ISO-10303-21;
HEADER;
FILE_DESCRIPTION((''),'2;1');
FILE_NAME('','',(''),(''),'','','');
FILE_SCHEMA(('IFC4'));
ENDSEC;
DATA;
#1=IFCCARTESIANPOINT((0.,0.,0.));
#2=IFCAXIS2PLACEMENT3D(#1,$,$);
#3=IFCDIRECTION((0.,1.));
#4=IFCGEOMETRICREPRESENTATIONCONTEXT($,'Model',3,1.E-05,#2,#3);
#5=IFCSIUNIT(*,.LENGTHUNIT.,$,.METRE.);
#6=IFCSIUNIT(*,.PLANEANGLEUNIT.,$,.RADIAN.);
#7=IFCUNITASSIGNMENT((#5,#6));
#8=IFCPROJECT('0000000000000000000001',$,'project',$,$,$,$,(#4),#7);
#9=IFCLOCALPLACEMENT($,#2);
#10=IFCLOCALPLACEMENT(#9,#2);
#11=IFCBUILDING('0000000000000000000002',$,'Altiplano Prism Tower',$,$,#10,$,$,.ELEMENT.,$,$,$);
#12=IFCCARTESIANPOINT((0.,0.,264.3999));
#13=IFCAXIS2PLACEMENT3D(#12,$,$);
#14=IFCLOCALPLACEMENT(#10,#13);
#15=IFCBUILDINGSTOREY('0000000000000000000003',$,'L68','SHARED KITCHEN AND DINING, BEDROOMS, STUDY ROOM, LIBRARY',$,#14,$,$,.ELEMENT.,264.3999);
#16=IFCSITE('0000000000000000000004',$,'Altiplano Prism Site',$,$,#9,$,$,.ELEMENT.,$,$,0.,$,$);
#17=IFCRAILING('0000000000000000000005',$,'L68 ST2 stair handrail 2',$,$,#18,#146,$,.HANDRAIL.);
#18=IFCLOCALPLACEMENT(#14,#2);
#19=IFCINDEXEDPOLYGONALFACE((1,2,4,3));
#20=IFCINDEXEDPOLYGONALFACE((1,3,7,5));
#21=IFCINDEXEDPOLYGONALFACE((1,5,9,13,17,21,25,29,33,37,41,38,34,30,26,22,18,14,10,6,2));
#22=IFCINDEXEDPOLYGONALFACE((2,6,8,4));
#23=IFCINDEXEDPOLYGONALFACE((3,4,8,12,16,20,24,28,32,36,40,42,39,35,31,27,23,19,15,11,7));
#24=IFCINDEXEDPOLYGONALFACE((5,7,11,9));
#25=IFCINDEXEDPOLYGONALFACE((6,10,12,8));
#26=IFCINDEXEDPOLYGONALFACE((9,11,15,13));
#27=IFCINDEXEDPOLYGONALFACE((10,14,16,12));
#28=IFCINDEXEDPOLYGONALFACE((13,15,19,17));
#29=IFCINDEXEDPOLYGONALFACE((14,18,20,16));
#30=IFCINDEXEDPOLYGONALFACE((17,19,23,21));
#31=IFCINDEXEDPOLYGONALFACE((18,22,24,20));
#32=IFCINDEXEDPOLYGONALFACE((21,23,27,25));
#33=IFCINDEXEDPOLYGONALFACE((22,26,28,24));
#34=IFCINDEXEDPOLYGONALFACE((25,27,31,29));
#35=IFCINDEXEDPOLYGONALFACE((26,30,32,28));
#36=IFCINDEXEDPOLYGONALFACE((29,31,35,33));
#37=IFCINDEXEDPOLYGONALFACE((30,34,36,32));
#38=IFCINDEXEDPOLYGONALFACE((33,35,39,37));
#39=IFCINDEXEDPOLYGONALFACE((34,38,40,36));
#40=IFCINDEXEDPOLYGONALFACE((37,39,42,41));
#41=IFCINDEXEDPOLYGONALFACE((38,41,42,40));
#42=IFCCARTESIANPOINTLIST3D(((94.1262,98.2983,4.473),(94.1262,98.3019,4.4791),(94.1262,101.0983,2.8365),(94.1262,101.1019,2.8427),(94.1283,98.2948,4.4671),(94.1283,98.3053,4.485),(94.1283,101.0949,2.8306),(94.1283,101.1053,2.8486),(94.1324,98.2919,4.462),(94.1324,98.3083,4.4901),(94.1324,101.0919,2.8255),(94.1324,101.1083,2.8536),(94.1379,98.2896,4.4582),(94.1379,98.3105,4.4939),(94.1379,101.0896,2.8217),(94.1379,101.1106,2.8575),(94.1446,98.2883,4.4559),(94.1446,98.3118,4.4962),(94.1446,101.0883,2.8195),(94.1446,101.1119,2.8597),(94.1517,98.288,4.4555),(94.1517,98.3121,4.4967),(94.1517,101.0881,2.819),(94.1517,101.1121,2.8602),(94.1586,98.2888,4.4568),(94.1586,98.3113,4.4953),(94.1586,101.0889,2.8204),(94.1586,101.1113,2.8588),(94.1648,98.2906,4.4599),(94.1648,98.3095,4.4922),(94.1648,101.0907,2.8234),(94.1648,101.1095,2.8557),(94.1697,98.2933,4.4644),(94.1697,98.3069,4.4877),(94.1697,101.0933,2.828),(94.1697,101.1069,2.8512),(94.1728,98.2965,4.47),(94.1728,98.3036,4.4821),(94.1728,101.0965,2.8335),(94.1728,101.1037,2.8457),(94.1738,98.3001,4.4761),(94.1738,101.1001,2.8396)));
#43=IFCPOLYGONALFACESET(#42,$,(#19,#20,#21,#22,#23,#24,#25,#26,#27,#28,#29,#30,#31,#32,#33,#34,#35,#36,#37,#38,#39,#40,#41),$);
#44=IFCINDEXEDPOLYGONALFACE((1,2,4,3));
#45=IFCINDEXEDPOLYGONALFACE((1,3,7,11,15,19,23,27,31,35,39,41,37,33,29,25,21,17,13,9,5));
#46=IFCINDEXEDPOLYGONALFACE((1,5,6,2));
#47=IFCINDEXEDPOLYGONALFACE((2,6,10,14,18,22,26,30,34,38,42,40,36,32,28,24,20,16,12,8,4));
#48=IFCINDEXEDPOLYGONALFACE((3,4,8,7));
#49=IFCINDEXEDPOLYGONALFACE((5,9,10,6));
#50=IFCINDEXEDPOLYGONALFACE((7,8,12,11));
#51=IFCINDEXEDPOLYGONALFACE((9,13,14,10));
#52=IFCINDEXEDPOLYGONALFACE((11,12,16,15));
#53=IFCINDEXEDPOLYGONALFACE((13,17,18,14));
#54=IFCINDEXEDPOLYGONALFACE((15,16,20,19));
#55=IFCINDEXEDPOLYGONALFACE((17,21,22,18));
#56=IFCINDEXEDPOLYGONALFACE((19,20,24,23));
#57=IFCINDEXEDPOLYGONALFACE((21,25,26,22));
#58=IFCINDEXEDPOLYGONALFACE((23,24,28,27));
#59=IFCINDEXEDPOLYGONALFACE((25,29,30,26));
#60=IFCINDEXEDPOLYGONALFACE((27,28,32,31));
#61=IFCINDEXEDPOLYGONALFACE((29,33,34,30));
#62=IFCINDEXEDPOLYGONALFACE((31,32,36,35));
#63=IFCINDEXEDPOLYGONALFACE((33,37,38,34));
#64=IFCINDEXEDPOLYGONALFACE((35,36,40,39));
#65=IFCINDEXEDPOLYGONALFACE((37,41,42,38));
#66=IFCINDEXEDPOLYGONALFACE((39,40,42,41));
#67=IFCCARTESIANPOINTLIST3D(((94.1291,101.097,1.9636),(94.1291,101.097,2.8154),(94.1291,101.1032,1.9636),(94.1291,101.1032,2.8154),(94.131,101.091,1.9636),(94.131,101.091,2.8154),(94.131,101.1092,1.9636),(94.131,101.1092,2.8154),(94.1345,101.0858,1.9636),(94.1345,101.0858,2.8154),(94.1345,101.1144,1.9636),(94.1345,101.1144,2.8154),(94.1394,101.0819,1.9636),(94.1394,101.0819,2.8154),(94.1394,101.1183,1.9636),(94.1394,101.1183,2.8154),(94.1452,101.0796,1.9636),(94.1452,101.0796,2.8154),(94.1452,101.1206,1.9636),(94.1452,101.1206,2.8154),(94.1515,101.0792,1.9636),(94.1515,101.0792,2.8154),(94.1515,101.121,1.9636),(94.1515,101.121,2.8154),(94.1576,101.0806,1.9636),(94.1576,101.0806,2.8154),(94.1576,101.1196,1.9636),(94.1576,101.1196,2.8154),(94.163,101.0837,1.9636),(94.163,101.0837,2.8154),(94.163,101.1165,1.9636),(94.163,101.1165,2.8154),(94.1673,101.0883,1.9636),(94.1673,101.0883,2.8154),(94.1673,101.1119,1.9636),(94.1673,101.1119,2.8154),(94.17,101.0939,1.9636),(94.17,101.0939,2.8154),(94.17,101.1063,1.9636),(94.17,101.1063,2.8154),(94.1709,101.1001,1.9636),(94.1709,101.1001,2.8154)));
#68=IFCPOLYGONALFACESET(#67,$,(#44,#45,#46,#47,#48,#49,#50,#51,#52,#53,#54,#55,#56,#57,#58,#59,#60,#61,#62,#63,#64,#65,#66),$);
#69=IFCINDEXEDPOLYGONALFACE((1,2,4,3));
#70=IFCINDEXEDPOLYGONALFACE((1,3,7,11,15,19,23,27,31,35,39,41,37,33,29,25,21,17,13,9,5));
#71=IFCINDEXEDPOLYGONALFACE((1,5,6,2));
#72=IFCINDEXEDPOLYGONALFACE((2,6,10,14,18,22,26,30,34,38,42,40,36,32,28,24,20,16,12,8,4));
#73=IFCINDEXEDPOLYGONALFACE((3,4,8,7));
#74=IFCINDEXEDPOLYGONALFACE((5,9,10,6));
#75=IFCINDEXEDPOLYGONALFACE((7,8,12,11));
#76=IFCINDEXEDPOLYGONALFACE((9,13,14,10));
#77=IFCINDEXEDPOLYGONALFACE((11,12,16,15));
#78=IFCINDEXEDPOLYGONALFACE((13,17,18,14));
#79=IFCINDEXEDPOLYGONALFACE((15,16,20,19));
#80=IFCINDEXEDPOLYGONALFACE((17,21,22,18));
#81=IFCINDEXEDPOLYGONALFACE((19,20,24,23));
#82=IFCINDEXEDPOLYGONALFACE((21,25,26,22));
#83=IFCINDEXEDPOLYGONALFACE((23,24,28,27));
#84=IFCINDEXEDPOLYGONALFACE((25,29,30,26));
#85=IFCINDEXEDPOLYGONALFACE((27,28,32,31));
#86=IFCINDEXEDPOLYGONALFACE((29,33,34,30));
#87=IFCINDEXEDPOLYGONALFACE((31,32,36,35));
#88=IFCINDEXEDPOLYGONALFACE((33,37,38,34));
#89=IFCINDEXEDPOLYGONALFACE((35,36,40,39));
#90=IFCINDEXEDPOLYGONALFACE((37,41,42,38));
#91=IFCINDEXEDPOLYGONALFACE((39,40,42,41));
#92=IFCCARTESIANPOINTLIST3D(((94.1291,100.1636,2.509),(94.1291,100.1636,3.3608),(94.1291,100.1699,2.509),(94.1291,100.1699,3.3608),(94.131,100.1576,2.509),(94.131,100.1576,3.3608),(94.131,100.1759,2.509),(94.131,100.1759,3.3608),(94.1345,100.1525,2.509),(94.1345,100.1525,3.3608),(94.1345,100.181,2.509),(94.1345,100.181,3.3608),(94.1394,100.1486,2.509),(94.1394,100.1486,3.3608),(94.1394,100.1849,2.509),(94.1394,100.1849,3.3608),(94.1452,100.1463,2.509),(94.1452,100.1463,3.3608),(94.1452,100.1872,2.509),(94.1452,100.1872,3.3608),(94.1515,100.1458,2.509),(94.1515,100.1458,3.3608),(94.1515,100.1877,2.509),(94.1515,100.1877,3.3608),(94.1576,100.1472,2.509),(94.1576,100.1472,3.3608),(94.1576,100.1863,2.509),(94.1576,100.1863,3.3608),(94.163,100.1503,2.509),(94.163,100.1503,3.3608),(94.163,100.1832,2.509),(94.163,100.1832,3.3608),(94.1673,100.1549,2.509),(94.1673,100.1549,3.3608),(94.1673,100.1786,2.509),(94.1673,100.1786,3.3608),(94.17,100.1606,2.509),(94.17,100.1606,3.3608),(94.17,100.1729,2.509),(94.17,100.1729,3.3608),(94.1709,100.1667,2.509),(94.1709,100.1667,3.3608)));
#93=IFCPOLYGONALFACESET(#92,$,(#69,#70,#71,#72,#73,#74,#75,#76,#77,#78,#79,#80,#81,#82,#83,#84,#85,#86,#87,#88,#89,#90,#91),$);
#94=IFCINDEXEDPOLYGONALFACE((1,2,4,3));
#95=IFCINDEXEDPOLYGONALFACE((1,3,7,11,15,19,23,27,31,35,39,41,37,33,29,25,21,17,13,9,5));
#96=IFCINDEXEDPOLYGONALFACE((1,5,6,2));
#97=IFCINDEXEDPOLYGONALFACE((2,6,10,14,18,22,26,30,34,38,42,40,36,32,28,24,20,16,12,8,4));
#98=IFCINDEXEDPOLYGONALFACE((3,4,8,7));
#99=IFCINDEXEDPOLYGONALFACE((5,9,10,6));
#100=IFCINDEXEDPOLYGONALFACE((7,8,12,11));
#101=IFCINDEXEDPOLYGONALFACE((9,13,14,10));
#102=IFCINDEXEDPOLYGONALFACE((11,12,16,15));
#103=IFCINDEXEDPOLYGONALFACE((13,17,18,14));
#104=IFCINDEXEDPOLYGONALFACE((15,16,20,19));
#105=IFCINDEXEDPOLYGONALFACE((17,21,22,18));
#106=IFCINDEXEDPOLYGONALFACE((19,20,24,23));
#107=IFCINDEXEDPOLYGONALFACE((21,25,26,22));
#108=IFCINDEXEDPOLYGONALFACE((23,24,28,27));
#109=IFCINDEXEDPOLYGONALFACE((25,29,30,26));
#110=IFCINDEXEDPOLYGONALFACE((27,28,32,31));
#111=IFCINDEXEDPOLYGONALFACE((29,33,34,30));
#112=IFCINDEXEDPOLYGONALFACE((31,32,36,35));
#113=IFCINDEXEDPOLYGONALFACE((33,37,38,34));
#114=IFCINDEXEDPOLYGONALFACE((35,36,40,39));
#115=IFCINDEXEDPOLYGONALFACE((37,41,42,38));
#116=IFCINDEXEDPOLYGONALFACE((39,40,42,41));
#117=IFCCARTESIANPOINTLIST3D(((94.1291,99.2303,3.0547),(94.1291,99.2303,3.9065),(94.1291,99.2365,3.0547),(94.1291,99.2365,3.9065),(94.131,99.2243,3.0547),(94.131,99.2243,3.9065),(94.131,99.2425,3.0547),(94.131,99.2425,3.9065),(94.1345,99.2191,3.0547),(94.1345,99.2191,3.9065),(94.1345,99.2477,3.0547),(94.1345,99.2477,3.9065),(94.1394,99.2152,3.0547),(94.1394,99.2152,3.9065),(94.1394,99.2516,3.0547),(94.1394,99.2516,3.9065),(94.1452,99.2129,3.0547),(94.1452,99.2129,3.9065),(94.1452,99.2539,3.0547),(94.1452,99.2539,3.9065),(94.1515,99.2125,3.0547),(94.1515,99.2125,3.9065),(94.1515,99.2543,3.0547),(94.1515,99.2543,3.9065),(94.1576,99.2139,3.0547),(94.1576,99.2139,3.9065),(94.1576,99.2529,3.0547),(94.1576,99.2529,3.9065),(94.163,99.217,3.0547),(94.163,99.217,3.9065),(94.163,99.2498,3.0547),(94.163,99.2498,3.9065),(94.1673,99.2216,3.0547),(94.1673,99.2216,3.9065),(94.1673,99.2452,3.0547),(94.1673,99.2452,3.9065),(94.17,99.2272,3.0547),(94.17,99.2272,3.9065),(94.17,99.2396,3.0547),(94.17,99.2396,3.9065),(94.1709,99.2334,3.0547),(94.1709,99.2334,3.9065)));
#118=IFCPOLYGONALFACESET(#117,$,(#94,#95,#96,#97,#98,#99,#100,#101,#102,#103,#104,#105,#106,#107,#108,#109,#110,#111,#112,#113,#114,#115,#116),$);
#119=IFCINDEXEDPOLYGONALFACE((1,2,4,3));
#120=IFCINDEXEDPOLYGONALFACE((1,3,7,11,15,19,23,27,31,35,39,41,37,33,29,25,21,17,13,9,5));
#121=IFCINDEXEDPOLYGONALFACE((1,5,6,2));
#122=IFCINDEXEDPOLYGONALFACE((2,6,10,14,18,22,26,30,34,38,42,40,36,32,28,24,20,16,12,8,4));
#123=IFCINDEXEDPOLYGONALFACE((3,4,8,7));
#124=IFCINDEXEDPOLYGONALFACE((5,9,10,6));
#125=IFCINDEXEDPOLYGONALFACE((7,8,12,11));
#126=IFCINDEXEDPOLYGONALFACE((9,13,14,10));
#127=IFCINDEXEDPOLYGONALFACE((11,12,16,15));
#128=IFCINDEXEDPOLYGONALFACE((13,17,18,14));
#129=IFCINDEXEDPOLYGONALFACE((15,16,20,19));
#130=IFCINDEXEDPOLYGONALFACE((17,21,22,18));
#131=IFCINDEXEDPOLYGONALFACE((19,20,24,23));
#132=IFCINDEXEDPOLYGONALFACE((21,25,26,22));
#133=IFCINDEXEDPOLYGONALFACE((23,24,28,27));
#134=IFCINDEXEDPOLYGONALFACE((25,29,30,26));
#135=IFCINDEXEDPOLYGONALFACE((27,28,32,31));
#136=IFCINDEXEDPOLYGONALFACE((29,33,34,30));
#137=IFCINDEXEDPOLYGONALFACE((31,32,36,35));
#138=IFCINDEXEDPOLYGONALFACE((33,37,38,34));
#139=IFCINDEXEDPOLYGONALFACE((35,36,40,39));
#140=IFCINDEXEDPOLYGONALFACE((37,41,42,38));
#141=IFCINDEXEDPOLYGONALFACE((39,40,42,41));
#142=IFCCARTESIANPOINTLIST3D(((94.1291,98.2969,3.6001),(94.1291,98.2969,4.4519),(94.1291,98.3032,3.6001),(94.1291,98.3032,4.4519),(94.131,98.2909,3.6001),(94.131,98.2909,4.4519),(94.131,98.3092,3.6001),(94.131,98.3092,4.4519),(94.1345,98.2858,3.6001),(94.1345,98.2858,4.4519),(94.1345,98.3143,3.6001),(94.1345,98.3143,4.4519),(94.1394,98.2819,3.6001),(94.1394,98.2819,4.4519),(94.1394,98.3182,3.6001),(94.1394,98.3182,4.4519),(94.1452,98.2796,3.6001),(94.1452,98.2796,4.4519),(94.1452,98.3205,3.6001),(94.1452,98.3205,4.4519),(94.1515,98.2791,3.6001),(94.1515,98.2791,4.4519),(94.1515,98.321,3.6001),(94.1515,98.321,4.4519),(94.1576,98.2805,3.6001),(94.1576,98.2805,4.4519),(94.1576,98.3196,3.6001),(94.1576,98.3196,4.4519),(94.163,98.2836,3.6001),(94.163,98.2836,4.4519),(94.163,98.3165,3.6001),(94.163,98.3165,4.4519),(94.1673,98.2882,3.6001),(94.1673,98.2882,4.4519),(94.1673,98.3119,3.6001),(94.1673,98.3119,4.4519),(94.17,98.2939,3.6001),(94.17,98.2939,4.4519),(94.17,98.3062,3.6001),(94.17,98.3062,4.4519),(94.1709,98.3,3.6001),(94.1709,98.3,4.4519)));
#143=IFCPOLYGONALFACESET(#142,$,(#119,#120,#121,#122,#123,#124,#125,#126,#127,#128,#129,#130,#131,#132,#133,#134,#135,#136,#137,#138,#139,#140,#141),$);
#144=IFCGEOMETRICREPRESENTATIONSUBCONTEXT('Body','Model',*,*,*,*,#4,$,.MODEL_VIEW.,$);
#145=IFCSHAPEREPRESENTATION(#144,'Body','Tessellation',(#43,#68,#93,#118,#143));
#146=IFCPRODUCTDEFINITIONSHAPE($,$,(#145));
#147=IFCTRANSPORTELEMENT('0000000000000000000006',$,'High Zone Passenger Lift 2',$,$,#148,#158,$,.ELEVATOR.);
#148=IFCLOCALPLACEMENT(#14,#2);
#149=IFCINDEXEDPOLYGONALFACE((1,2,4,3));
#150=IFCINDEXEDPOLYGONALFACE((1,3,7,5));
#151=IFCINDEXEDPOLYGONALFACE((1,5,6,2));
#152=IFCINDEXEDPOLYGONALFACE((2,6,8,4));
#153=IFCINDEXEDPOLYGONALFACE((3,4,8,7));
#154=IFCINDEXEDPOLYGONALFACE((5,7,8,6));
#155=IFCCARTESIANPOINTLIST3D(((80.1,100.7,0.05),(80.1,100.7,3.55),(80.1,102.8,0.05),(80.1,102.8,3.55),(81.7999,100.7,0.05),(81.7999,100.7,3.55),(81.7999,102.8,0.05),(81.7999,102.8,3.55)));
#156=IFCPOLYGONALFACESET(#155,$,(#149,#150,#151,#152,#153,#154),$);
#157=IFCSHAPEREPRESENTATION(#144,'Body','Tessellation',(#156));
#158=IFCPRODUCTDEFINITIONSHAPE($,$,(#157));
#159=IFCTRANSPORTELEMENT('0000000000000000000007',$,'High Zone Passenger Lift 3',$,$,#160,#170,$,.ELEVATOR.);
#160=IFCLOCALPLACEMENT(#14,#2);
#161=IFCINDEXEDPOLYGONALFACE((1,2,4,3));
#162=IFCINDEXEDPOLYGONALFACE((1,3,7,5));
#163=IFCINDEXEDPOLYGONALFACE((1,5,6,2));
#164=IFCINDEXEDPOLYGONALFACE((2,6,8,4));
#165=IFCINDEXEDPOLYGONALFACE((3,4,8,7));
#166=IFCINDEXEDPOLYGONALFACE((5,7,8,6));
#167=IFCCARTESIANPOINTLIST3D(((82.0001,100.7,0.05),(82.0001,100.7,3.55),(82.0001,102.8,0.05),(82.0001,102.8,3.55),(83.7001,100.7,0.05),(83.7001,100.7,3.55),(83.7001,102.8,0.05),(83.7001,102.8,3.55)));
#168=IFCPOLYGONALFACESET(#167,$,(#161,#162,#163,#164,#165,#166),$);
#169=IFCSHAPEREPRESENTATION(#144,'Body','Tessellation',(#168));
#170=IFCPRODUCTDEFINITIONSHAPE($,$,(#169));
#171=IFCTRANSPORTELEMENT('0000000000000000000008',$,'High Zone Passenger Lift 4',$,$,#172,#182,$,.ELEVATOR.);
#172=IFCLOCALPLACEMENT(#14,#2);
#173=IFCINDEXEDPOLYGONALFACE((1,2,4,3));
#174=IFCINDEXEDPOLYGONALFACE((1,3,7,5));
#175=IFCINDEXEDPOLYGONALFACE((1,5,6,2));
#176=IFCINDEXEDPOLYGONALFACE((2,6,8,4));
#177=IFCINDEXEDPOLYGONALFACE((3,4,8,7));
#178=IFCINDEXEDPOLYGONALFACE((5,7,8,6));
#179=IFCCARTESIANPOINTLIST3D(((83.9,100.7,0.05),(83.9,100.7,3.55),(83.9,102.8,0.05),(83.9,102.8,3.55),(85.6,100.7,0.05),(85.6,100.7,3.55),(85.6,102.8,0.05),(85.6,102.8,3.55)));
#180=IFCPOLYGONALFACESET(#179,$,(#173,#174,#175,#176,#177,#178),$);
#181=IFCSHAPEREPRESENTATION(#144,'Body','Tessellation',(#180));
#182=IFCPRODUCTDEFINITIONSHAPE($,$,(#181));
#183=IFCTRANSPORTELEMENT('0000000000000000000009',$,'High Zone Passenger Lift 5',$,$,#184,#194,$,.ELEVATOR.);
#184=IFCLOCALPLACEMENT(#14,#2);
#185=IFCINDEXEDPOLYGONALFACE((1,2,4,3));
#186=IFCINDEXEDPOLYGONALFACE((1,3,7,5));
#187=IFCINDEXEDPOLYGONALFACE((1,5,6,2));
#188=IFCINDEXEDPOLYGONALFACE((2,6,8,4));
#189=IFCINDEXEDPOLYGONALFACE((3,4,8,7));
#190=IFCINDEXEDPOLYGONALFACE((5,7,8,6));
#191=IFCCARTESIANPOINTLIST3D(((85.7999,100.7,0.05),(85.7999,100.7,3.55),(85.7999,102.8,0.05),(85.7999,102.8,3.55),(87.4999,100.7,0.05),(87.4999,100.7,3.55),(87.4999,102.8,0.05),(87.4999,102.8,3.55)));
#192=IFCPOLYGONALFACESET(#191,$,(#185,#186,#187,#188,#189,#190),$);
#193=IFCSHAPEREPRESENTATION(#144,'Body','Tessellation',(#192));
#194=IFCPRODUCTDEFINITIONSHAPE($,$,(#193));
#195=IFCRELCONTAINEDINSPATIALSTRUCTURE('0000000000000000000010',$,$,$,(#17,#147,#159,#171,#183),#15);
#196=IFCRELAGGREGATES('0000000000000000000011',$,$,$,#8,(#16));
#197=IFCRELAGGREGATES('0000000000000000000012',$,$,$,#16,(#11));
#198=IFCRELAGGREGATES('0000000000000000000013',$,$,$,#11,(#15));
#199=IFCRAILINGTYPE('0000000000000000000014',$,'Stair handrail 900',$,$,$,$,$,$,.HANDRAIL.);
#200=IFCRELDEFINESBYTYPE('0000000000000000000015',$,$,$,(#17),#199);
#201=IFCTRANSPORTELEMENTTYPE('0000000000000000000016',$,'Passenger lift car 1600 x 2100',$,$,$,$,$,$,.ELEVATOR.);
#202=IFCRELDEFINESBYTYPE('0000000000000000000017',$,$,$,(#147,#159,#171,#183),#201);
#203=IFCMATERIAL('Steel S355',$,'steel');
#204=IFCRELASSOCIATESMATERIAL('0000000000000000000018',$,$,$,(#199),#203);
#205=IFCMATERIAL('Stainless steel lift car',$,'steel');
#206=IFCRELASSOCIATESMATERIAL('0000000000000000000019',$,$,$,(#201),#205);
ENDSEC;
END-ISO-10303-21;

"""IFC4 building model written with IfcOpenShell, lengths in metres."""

from ifc_helpers import new_model, si_unit, direction, frame, origin, origin_2d, place, context, subcontext, project, spatial, rectangle, circle, extrude, material, type_object, element, save


model = new_model("IFC4")

# Units and contexts
model_context = context("Model", 3, precision=1e-05, world=origin(), true_north=direction((0.0, 1.0)))
body_context = subcontext(model_context, "Body", "Model", "MODEL_VIEW")
ifc_project = project(units=[si_unit("LENGTHUNIT", "METRE"), si_unit("PLANEANGLEUNIT", "RADIAN")], contexts=[model_context])

# Site, building, storey
site_placement = place(None, origin())
site = spatial("IfcSite", under=ifc_project, at=site_placement, Name="Altiplano Prism Site", CompositionType="ELEMENT", RefElevation=0.0)
building_placement = place(site_placement, origin())
building = spatial("IfcBuilding", under=site, at=building_placement, Name="Altiplano Prism Tower", CompositionType="ELEMENT")
storey_placement = place(building_placement, frame((0.0, 0.0, 264.3999)))
storey = spatial("IfcBuildingStorey", under=building, at=storey_placement, Name="L68", Description="SHARED KITCHEN AND DINING, BEDROOMS, STUDY ROOM, LIBRARY", CompositionType="ELEMENT", Elevation=264.3999)

# Shared definitions
ifc_material_1 = material(Name="Steel S355", Category="steel")

# Railing
railing_type = type_object("IfcRailingType", Name="Stair handrail 900", PredefinedType="HANDRAIL", material=ifc_material_1)
railing_placement = place(storey_placement, frame((94.1499, 101.1001, 1.9636)))
element("IfcRailing", 1, at=railing_placement, inside=storey, type_object=railing_type, Name="L68 ST2 stair handrail 2", PredefinedType="HANDRAIL", context=body_context, shape_type="SweptSolid", body=[
    extrude(circle(Radius=0.0239, at=origin_2d()), frame((0.0, 0.0, 0.876), z_axis=(0.0, -0.863361, 0.504587), x_axis=(1.0, 0.0, 0.0)), (0.0, 0.0, 1.0), 3.2432),
    extrude(circle(Radius=0.021, at=origin_2d()), origin(), (0.0, 0.0, 1.0), 0.8518),
    extrude(circle(Radius=0.021, at=origin_2d()), frame((0.0, -0.9333, 0.5454)), (0.0, 0.0, 1.0), 0.8518),
    extrude(circle(Radius=0.021, at=origin_2d()), frame((0.0, -1.8667, 1.0911)), (0.0, 0.0, 1.0), 0.8518),
    extrude(circle(Radius=0.021, at=origin_2d()), frame((0.0, -2.8, 1.6365)), (0.0, 0.0, 1.0), 0.8518),
])

# Transport elements
ifc_material_2 = material(Name="Stainless steel lift car", Category="steel")
transport_element_type = type_object("IfcTransportElementType", Name="Passenger lift car 1600 x 2100", PredefinedType="ELEVATOR", material=ifc_material_2)
for number, where, z_axis, x_axis, name in (
    (2, (80.95, 101.75, 0.05), (0.0, 0.0, 1.0), (1.0, 0.0, 0.0), "High Zone Passenger Lift 2"),
    (3, (82.8501, 101.75, 0.05), (0.0, 0.0, 1.0), (1.0, 0.0, 0.0), "High Zone Passenger Lift 3"),
    (4, (84.75, 101.75, 0.05), (0.0, 0.0, 1.0), (1.0, 0.0, 0.0), "High Zone Passenger Lift 4"),
    (5, (86.6499, 101.75, 0.05), (0.0, 0.0, 1.0), (1.0, 0.0, 0.0), "High Zone Passenger Lift 5"),
):
    element("IfcTransportElement", number, at=place(storey_placement, frame(where, z_axis=z_axis, x_axis=x_axis)), inside=storey, type_object=transport_element_type, Name=name, PredefinedType="ELEVATOR", context=body_context, shape_type="SweptSolid", body=[
        extrude(rectangle(XDim=1.7, YDim=2.1001, at=origin_2d()), origin(), (0.0, 0.0, 1.0), 3.5),
    ])

save(model, "model.ifc")
